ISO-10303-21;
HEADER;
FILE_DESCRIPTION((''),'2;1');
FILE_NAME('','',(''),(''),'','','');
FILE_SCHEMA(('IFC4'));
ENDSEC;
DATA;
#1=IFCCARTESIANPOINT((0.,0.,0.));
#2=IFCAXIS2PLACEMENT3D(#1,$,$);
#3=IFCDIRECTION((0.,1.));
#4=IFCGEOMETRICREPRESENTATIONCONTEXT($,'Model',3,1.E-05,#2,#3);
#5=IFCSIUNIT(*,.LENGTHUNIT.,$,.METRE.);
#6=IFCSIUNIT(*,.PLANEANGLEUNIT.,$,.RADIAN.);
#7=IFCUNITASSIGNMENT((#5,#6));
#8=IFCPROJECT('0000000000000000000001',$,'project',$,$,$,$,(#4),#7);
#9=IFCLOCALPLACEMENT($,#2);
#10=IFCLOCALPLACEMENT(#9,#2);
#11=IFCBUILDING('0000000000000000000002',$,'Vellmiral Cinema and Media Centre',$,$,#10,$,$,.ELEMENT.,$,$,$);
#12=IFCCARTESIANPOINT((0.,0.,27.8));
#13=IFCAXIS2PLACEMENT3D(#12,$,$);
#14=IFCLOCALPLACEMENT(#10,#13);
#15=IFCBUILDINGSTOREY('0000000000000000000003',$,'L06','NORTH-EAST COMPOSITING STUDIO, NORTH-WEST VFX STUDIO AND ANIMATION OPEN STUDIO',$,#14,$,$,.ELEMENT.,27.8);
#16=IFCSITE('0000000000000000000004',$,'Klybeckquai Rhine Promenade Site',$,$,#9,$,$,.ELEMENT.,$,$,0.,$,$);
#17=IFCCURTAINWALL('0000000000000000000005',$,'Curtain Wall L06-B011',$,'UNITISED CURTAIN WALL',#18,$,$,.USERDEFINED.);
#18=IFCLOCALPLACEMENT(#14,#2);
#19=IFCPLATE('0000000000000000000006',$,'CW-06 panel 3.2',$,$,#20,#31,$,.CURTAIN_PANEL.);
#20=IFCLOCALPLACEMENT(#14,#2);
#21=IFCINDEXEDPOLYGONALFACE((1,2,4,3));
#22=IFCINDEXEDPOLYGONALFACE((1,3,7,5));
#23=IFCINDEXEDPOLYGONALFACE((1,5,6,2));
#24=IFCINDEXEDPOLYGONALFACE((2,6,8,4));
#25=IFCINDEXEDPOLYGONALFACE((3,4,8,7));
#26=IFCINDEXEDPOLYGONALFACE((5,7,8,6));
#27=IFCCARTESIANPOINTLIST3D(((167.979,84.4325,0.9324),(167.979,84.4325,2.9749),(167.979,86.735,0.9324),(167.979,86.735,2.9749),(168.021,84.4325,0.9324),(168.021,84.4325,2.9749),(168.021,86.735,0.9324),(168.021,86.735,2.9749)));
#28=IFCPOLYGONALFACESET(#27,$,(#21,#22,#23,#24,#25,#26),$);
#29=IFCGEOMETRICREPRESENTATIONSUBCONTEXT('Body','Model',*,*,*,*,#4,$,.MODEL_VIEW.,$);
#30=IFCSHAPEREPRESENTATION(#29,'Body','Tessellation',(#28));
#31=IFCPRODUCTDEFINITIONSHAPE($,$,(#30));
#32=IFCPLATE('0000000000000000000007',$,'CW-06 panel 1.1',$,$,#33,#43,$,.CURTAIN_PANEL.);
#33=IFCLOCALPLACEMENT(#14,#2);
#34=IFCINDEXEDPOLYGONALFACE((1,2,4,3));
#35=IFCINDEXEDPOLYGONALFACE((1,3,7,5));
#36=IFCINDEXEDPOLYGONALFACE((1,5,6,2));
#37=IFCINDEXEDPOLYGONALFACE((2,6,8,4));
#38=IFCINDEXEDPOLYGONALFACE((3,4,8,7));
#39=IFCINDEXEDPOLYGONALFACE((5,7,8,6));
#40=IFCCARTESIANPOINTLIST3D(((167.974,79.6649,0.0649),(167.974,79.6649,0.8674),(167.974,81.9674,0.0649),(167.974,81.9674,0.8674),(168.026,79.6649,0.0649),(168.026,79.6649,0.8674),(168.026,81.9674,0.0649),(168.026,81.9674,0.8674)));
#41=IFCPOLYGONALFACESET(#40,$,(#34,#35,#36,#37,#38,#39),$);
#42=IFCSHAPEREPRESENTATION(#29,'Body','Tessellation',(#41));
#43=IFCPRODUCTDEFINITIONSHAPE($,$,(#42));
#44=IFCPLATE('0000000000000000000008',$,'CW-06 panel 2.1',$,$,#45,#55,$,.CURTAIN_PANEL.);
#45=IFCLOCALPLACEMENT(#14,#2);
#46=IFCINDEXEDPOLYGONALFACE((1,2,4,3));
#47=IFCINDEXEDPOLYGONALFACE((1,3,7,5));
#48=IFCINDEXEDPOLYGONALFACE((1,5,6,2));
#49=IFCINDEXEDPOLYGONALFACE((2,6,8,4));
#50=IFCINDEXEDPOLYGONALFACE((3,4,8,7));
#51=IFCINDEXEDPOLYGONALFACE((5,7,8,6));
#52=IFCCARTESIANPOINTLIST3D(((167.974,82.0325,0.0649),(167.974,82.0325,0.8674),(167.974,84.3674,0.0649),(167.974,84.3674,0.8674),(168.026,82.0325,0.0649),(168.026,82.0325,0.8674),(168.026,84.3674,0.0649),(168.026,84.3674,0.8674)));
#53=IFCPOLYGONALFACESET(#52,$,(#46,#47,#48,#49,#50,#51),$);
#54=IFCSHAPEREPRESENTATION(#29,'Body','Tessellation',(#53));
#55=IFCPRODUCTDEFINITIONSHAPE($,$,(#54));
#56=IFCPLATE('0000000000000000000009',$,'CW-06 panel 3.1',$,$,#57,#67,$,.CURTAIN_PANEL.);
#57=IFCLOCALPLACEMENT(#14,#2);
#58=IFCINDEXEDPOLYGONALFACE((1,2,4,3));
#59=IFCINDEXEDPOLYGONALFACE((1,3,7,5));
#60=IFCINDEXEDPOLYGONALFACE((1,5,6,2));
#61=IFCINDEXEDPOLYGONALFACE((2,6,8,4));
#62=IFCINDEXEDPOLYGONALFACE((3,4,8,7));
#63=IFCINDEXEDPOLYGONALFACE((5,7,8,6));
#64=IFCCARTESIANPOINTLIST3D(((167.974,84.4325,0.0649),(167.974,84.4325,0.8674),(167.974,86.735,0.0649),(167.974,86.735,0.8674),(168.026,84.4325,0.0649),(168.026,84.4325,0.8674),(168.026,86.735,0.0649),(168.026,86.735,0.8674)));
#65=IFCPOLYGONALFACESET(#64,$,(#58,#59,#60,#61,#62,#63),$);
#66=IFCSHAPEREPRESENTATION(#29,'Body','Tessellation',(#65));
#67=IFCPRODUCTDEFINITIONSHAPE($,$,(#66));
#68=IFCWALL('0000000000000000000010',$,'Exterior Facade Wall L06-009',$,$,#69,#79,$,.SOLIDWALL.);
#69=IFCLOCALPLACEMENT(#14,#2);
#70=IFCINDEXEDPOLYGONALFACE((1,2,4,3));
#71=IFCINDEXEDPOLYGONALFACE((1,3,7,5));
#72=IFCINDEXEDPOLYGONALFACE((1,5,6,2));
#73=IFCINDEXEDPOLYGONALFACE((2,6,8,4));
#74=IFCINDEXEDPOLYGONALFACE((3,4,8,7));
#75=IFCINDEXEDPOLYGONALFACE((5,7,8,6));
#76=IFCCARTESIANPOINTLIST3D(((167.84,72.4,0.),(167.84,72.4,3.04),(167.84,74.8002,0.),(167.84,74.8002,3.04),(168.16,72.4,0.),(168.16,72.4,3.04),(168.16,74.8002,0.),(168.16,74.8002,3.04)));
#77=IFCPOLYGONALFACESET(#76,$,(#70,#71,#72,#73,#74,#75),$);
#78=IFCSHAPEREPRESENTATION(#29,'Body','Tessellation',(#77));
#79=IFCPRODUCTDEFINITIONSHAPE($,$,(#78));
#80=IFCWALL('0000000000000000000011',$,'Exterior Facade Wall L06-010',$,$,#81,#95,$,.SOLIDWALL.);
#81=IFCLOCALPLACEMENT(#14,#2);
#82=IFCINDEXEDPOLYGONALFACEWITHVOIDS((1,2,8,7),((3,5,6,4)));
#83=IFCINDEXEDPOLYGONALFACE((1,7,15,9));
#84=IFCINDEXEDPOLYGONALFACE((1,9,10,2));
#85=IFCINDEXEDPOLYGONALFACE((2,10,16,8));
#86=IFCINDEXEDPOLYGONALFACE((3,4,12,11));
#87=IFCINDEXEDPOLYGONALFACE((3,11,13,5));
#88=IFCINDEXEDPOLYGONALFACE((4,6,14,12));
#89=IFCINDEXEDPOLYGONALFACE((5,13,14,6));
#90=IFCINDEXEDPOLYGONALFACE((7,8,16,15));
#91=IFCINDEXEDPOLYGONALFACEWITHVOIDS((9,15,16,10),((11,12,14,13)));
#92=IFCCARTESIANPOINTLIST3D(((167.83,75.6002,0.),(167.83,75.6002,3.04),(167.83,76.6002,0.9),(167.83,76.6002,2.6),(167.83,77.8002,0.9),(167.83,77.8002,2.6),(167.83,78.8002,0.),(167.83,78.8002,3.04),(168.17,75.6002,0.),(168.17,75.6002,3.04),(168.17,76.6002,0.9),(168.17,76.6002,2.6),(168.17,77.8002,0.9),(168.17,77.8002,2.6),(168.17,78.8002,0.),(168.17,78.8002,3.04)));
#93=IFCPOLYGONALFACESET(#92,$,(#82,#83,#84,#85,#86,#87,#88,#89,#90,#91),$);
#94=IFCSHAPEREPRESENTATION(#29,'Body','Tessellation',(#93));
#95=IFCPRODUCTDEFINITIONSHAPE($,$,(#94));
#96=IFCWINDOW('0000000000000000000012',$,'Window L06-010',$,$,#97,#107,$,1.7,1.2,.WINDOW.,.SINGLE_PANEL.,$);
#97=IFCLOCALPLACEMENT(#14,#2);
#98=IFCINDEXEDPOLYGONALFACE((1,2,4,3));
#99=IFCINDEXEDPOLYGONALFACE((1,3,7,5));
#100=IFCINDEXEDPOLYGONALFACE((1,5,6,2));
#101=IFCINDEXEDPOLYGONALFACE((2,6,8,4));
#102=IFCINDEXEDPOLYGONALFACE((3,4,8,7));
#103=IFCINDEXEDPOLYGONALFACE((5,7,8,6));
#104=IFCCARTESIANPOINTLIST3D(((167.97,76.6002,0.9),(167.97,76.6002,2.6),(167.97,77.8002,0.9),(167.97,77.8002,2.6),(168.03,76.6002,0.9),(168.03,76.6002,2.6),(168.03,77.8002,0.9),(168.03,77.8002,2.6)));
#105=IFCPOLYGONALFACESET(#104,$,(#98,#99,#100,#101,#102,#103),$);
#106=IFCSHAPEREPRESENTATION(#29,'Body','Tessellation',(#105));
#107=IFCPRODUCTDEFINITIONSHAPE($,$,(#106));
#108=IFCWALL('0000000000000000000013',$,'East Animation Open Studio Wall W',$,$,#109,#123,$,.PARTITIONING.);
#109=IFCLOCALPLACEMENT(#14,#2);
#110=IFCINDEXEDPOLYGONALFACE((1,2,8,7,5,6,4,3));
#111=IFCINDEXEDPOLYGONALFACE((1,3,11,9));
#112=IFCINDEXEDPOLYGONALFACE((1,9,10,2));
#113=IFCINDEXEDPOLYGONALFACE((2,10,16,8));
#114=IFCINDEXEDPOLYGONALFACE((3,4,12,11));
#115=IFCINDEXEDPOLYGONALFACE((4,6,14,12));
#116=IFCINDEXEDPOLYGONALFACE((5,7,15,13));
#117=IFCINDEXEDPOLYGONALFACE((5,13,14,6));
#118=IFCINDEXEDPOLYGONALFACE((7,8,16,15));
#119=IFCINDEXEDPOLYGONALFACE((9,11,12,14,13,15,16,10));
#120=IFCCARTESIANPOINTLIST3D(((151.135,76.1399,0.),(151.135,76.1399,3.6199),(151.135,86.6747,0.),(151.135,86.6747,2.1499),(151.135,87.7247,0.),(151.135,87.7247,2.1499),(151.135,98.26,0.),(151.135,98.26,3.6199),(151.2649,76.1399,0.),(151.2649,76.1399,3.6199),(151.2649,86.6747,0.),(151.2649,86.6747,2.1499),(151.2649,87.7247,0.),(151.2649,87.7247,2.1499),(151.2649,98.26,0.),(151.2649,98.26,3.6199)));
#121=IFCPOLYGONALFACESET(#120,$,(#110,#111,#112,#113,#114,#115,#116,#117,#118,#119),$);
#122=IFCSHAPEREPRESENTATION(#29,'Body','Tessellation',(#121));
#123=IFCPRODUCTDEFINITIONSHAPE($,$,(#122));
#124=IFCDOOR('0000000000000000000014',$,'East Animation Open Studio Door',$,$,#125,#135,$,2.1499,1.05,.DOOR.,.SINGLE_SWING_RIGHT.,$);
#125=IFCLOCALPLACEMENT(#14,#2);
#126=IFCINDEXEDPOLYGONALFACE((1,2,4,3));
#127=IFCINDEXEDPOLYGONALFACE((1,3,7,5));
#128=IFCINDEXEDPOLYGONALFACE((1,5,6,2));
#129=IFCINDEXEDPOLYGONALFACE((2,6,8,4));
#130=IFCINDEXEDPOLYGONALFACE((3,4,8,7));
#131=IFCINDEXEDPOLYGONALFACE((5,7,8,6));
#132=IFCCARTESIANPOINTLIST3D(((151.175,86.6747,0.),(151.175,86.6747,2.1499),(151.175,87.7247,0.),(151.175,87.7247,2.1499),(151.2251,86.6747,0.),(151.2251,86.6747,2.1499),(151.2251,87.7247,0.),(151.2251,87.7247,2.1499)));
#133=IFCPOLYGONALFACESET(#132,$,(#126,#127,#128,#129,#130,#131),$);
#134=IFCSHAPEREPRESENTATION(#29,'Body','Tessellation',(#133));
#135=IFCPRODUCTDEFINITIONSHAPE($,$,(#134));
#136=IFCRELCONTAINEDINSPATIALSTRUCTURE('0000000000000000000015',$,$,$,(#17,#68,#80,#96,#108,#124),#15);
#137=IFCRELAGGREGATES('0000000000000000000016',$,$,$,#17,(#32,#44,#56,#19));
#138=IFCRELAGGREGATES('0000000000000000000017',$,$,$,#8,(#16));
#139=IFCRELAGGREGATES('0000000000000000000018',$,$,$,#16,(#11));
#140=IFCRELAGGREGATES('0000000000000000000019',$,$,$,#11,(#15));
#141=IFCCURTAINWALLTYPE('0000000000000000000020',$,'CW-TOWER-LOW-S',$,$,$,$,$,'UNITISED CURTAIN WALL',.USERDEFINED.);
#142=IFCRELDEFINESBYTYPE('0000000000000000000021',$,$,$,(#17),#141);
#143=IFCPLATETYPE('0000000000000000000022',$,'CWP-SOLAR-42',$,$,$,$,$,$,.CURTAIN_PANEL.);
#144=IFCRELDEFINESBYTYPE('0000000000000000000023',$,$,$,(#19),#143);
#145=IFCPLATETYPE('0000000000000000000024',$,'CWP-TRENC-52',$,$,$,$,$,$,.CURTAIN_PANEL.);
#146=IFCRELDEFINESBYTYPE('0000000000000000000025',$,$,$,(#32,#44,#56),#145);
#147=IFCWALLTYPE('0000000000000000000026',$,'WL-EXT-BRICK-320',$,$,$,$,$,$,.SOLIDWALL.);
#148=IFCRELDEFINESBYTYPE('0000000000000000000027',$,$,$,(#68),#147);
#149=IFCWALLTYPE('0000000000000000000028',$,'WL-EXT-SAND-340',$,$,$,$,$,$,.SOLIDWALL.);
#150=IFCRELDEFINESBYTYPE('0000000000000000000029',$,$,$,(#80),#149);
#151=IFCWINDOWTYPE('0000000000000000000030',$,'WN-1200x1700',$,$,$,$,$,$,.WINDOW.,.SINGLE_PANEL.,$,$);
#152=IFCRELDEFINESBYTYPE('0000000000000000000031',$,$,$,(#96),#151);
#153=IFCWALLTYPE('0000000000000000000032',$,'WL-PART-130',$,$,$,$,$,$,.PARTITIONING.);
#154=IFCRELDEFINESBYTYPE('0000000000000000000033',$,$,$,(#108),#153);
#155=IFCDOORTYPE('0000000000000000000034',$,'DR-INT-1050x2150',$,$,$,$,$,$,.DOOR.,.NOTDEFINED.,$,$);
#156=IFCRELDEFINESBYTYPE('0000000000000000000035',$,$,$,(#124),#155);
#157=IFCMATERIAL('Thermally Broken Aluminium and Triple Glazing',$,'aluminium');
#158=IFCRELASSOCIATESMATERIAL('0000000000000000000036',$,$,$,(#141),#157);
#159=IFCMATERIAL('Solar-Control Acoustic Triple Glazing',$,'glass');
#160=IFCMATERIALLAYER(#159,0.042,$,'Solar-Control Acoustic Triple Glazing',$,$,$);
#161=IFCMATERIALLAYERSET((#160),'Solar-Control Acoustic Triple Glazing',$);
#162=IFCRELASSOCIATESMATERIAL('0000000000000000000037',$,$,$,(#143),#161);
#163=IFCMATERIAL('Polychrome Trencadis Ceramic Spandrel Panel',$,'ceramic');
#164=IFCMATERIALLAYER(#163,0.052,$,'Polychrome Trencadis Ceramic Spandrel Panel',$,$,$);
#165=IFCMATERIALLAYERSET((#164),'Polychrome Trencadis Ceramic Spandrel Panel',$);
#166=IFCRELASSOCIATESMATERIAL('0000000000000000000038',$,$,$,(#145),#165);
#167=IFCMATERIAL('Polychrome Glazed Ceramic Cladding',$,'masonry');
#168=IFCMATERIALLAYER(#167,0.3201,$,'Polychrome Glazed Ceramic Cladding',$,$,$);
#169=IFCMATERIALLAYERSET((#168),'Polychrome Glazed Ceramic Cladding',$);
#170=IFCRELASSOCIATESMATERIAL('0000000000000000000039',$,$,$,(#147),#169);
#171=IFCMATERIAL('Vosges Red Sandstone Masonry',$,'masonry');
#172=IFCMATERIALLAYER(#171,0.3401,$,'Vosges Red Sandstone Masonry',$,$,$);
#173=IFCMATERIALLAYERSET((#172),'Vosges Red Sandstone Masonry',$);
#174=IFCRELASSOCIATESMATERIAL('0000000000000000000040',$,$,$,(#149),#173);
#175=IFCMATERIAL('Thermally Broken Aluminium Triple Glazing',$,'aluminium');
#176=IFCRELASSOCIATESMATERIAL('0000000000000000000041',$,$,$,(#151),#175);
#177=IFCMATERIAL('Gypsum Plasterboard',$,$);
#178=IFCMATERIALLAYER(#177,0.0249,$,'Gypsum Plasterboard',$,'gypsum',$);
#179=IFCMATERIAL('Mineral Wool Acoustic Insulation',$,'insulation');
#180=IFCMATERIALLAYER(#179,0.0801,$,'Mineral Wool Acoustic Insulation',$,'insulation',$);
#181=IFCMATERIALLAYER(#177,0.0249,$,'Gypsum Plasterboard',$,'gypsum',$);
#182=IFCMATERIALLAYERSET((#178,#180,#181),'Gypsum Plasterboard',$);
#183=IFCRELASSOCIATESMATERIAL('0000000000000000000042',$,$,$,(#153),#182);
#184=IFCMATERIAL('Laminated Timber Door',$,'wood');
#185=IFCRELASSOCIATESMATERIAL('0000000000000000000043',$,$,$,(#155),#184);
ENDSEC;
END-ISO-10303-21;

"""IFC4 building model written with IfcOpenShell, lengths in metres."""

from ifc_helpers import new_model, si_unit, direction, frame, frame_2d, origin, origin_2d, place, context, subcontext, project, spatial, rectangle, extrude, material, layer, layer_set, type_object, element, fill, aggregate, save


model = new_model("IFC4")

# Units and contexts
model_context = context("Model", 3, precision=1e-05, world=origin(), true_north=direction((0.0, 1.0)))
body_context = subcontext(model_context, "Body", "Model", "MODEL_VIEW")
ifc_project = project(units=[si_unit("LENGTHUNIT", "METRE"), si_unit("PLANEANGLEUNIT", "RADIAN")], contexts=[model_context])

# Site, building, storey
site_placement = place(None, origin())
site = spatial("IfcSite", under=ifc_project, at=site_placement, Name="Klybeckquai Rhine Promenade Site", CompositionType="ELEMENT", RefElevation=0.0)
building_placement = place(site_placement, origin())
building = spatial("IfcBuilding", under=site, at=building_placement, Name="Vellmiral Cinema and Media Centre", CompositionType="ELEMENT")
storey_placement = place(building_placement, frame((0.0, 0.0, 27.8)))
storey = spatial("IfcBuildingStorey", under=building, at=storey_placement, Name="L06", Description="NORTH-EAST COMPOSITING STUDIO, NORTH-WEST VFX STUDIO AND ANIMATION OPEN STUDIO", CompositionType="ELEMENT", Elevation=27.8)

# Curtain wall
ifc_material_1 = material(Name="Thermally Broken Aluminium and Triple Glazing", Category="aluminium")
curtain_wall_type = type_object("IfcCurtainWallType", Name="CW-TOWER-LOW-S", ElementType="UNITISED CURTAIN WALL", PredefinedType="USERDEFINED", material=ifc_material_1)
curtain_wall_placement = place(storey_placement, origin())
curtain_wall = element("IfcCurtainWall", 1, at=curtain_wall_placement, inside=storey, type_object=curtain_wall_type, Name="Curtain Wall L06-B011", ObjectType="UNITISED CURTAIN WALL", PredefinedType="USERDEFINED")

# Plates
ifc_material_2 = material(Name="Solar-Control Acoustic Triple Glazing", Category="glass")
ifc_layer_1 = layer(ifc_material_2, 0.042, Name="Solar-Control Acoustic Triple Glazing")
ifc_layer_set_1 = layer_set([ifc_layer_1], Name="Solar-Control Acoustic Triple Glazing")
plate_type_1 = type_object("IfcPlateType", Name="CWP-SOLAR-42", PredefinedType="CURTAIN_PANEL", material=ifc_layer_set_1)
plate_1_placement = place(storey_placement, frame((168.0, 85.5837, 0.9324), z_axis=(0.0, 0.0, 1.0), x_axis=(0.0, 1.0, 0.0)))
plate_1 = element("IfcPlate", 2, at=plate_1_placement, type_object=plate_type_1, Name="CW-06 panel 3.2", PredefinedType="CURTAIN_PANEL", context=body_context, shape_type="SweptSolid", body=[
    extrude(rectangle(XDim=2.3025, YDim=0.042, at=origin_2d()), origin(), (0.0, 0.0, 1.0), 2.0425),
])
ifc_material_3 = material(Name="Polychrome Trencadis Ceramic Spandrel Panel", Category="ceramic")
ifc_layer_2 = layer(ifc_material_3, 0.052, Name="Polychrome Trencadis Ceramic Spandrel Panel")
ifc_layer_set_2 = layer_set([ifc_layer_2], Name="Polychrome Trencadis Ceramic Spandrel Panel")
plate_type_2 = type_object("IfcPlateType", Name="CWP-TRENC-52", PredefinedType="CURTAIN_PANEL", material=ifc_layer_set_2)
plate_2_placement = place(storey_placement, frame((168.0, 80.8162, 0.0649), z_axis=(0.0, 0.0, 1.0), x_axis=(0.0, 1.0, 0.0)))
plate_2 = element("IfcPlate", 3, at=plate_2_placement, type_object=plate_type_2, Name="CW-06 panel 1.1", PredefinedType="CURTAIN_PANEL", context=body_context, shape_type="SweptSolid", body=[
    extrude(rectangle(XDim=2.3025, YDim=0.052, at=origin_2d()), origin(), (0.0, 0.0, 1.0), 0.8025),
])
plate_3_placement = place(storey_placement, frame((168.0, 83.2, 0.0649), z_axis=(0.0, 0.0, 1.0), x_axis=(0.0, 1.0, 0.0)))
plate_3 = element("IfcPlate", 4, at=plate_3_placement, type_object=plate_type_2, Name="CW-06 panel 2.1", PredefinedType="CURTAIN_PANEL", context=body_context, shape_type="SweptSolid", body=[
    extrude(rectangle(XDim=2.335, YDim=0.052, at=origin_2d()), origin(), (0.0, 0.0, 1.0), 0.8025),
])
plate_4_placement = place(storey_placement, frame((168.0, 85.5837, 0.0649), z_axis=(0.0, 0.0, 1.0), x_axis=(0.0, 1.0, 0.0)))
plate_4 = element("IfcPlate", 5, at=plate_4_placement, type_object=plate_type_2, Name="CW-06 panel 3.1", PredefinedType="CURTAIN_PANEL", context=body_context, shape_type="SweptSolid", body=[
    extrude(rectangle(XDim=2.3025, YDim=0.052, at=origin_2d()), origin(), (0.0, 0.0, 1.0), 0.8025),
])
aggregate(curtain_wall, [plate_2, plate_3, plate_4, plate_1])

# Wall
ifc_material_4 = material(Name="Polychrome Glazed Ceramic Cladding", Category="masonry")
ifc_layer_3 = layer(ifc_material_4, 0.3201, Name="Polychrome Glazed Ceramic Cladding")
ifc_layer_set_3 = layer_set([ifc_layer_3], Name="Polychrome Glazed Ceramic Cladding")
wall_type_1 = type_object("IfcWallType", Name="WL-EXT-BRICK-320", PredefinedType="SOLIDWALL", material=ifc_layer_set_3)
wall_1_placement = place(storey_placement, frame((168.0, 72.3999, 0.0), z_axis=(0.0, 0.0, 1.0), x_axis=(0.0, 1.0, 0.0)))
element("IfcWall", 6, at=wall_1_placement, inside=storey, type_object=wall_type_1, Name="Exterior Facade Wall L06-009", PredefinedType="SOLIDWALL", context=body_context, shape_type="SweptSolid", body=[
    extrude(rectangle(XDim=2.4001, YDim=0.3201, at=frame_2d((1.2002, 0.0))), origin(), (0.0, 0.0, 1.0), 3.04),
])

# Wall, opening, window
ifc_material_5 = material(Name="Vosges Red Sandstone Masonry", Category="masonry")
ifc_layer_4 = layer(ifc_material_5, 0.3401, Name="Vosges Red Sandstone Masonry")
ifc_layer_set_4 = layer_set([ifc_layer_4], Name="Vosges Red Sandstone Masonry")
wall_type_2 = type_object("IfcWallType", Name="WL-EXT-SAND-340", PredefinedType="SOLIDWALL", material=ifc_layer_set_4)
wall_2_placement = place(storey_placement, frame((168.0, 75.6001, 0.0), z_axis=(0.0, 0.0, 1.0), x_axis=(0.0, 1.0, 0.0)))
wall_2 = element("IfcWall", 7, at=wall_2_placement, inside=storey, type_object=wall_type_2, Name="Exterior Facade Wall L06-010", PredefinedType="SOLIDWALL", context=body_context, shape_type="SweptSolid", body=[
    extrude(rectangle(XDim=3.2, YDim=0.3401, at=frame_2d((1.6001, 0.0))), origin(), (0.0, 0.0, 1.0), 3.04),
])
opening_1_placement = place(wall_2_placement, frame((1.0, 0.0, 0.8999)))
opening_1 = element("IfcOpeningElement", 8, at=opening_1_placement, cuts=wall_2, PredefinedType="OPENING", context=body_context, shape_type="SweptSolid", body=[
    extrude(rectangle(XDim=1.2, YDim=1.7, at=frame_2d((0.6001, 0.8501))), frame((0.0, 0.1821, 0.0), z_axis=(0.0, -1.0, 0.0), x_axis=(1.0, 0.0, 0.0)), (0.0, 0.0, 1.0), 0.364),
])
ifc_material_6 = material(Name="Thermally Broken Aluminium Triple Glazing", Category="aluminium")
window_type = type_object("IfcWindowType", Name="WN-1200x1700", PartitioningType="SINGLE_PANEL", PredefinedType="WINDOW", material=ifc_material_6)
window_placement = place(opening_1_placement, origin())
window = element("IfcWindow", 9, at=window_placement, inside=storey, type_object=window_type, Name="Window L06-010", OverallHeight=1.7, OverallWidth=1.2, PartitioningType="SINGLE_PANEL", PredefinedType="WINDOW", context=body_context, shape_type="SweptSolid", body=[
    extrude(rectangle(XDim=1.2, YDim=1.7, at=frame_2d((0.6001, 0.8501))), frame((0.0, 0.03, 0.0), z_axis=(0.0, -1.0, 0.0), x_axis=(1.0, 0.0, 0.0)), (0.0, 0.0, 1.0), 0.0601),
])
fill(opening_1, window)

# Wall, opening, door
ifc_material_7 = material(Name="Gypsum Plasterboard")
ifc_layer_5 = layer(ifc_material_7, 0.0249, Name="Gypsum Plasterboard", Category="gypsum")
ifc_material_8 = material(Name="Mineral Wool Acoustic Insulation", Category="insulation")
ifc_layer_6 = layer(ifc_material_8, 0.0801, Name="Mineral Wool Acoustic Insulation", Category="insulation")
ifc_layer_7 = layer(ifc_material_7, 0.0249, Name="Gypsum Plasterboard", Category="gypsum")
ifc_layer_set_5 = layer_set([ifc_layer_5, ifc_layer_6, ifc_layer_7], Name="Gypsum Plasterboard")
wall_type_3 = type_object("IfcWallType", Name="WL-PART-130", PredefinedType="PARTITIONING", material=ifc_layer_set_5)
wall_3_placement = place(storey_placement, frame((151.2, 76.1399, 0.0), z_axis=(0.0, 0.0, 1.0), x_axis=(0.0, 1.0, 0.0)))
wall_3 = element("IfcWall", 10, at=wall_3_placement, inside=storey, type_object=wall_type_3, Name="East Animation Open Studio Wall W", PredefinedType="PARTITIONING", context=body_context, shape_type="SweptSolid", body=[
    extrude(rectangle(XDim=22.1201, YDim=0.1299, at=frame_2d((11.0601, 0.0))), origin(), (0.0, 0.0, 1.0), 3.6199),
])
opening_2_placement = place(wall_3_placement, frame((10.5349, 0.0, 0.0)))
opening_2 = element("IfcOpeningElement", 11, at=opening_2_placement, cuts=wall_3, PredefinedType="OPENING", context=body_context, shape_type="SweptSolid", body=[
    extrude(rectangle(XDim=1.05, YDim=2.1499, at=frame_2d((0.5249, 1.075))), frame((0.0, 0.0769, 0.0), z_axis=(0.0, -1.0, 0.0), x_axis=(1.0, 0.0, 0.0)), (0.0, 0.0, 1.0), 0.1538),
])
ifc_material_9 = material(Name="Laminated Timber Door", Category="wood")
door_type_1 = type_object("IfcDoorType", Name="DR-INT-1050x2150", OperationType="NOTDEFINED", PredefinedType="DOOR", material=ifc_material_9)
door_1_placement = place(opening_2_placement, origin())
door_1 = element("IfcDoor", 12, at=door_1_placement, inside=storey, type_object=door_type_1, Name="East Animation Open Studio Door", OperationType="SINGLE_SWING_RIGHT", OverallHeight=2.1499, OverallWidth=1.05, PredefinedType="DOOR", context=body_context, shape_type="SweptSolid", body=[
    extrude(rectangle(XDim=1.05, YDim=2.1499, at=frame_2d((0.5249, 1.075))), frame((0.0, 0.0249, 0.0), z_axis=(0.0, -1.0, 0.0), x_axis=(1.0, 0.0, 0.0)), (0.0, 0.0, 1.0), 0.05),
])
fill(opening_2, door_1)

save(model, "model.ifc")
